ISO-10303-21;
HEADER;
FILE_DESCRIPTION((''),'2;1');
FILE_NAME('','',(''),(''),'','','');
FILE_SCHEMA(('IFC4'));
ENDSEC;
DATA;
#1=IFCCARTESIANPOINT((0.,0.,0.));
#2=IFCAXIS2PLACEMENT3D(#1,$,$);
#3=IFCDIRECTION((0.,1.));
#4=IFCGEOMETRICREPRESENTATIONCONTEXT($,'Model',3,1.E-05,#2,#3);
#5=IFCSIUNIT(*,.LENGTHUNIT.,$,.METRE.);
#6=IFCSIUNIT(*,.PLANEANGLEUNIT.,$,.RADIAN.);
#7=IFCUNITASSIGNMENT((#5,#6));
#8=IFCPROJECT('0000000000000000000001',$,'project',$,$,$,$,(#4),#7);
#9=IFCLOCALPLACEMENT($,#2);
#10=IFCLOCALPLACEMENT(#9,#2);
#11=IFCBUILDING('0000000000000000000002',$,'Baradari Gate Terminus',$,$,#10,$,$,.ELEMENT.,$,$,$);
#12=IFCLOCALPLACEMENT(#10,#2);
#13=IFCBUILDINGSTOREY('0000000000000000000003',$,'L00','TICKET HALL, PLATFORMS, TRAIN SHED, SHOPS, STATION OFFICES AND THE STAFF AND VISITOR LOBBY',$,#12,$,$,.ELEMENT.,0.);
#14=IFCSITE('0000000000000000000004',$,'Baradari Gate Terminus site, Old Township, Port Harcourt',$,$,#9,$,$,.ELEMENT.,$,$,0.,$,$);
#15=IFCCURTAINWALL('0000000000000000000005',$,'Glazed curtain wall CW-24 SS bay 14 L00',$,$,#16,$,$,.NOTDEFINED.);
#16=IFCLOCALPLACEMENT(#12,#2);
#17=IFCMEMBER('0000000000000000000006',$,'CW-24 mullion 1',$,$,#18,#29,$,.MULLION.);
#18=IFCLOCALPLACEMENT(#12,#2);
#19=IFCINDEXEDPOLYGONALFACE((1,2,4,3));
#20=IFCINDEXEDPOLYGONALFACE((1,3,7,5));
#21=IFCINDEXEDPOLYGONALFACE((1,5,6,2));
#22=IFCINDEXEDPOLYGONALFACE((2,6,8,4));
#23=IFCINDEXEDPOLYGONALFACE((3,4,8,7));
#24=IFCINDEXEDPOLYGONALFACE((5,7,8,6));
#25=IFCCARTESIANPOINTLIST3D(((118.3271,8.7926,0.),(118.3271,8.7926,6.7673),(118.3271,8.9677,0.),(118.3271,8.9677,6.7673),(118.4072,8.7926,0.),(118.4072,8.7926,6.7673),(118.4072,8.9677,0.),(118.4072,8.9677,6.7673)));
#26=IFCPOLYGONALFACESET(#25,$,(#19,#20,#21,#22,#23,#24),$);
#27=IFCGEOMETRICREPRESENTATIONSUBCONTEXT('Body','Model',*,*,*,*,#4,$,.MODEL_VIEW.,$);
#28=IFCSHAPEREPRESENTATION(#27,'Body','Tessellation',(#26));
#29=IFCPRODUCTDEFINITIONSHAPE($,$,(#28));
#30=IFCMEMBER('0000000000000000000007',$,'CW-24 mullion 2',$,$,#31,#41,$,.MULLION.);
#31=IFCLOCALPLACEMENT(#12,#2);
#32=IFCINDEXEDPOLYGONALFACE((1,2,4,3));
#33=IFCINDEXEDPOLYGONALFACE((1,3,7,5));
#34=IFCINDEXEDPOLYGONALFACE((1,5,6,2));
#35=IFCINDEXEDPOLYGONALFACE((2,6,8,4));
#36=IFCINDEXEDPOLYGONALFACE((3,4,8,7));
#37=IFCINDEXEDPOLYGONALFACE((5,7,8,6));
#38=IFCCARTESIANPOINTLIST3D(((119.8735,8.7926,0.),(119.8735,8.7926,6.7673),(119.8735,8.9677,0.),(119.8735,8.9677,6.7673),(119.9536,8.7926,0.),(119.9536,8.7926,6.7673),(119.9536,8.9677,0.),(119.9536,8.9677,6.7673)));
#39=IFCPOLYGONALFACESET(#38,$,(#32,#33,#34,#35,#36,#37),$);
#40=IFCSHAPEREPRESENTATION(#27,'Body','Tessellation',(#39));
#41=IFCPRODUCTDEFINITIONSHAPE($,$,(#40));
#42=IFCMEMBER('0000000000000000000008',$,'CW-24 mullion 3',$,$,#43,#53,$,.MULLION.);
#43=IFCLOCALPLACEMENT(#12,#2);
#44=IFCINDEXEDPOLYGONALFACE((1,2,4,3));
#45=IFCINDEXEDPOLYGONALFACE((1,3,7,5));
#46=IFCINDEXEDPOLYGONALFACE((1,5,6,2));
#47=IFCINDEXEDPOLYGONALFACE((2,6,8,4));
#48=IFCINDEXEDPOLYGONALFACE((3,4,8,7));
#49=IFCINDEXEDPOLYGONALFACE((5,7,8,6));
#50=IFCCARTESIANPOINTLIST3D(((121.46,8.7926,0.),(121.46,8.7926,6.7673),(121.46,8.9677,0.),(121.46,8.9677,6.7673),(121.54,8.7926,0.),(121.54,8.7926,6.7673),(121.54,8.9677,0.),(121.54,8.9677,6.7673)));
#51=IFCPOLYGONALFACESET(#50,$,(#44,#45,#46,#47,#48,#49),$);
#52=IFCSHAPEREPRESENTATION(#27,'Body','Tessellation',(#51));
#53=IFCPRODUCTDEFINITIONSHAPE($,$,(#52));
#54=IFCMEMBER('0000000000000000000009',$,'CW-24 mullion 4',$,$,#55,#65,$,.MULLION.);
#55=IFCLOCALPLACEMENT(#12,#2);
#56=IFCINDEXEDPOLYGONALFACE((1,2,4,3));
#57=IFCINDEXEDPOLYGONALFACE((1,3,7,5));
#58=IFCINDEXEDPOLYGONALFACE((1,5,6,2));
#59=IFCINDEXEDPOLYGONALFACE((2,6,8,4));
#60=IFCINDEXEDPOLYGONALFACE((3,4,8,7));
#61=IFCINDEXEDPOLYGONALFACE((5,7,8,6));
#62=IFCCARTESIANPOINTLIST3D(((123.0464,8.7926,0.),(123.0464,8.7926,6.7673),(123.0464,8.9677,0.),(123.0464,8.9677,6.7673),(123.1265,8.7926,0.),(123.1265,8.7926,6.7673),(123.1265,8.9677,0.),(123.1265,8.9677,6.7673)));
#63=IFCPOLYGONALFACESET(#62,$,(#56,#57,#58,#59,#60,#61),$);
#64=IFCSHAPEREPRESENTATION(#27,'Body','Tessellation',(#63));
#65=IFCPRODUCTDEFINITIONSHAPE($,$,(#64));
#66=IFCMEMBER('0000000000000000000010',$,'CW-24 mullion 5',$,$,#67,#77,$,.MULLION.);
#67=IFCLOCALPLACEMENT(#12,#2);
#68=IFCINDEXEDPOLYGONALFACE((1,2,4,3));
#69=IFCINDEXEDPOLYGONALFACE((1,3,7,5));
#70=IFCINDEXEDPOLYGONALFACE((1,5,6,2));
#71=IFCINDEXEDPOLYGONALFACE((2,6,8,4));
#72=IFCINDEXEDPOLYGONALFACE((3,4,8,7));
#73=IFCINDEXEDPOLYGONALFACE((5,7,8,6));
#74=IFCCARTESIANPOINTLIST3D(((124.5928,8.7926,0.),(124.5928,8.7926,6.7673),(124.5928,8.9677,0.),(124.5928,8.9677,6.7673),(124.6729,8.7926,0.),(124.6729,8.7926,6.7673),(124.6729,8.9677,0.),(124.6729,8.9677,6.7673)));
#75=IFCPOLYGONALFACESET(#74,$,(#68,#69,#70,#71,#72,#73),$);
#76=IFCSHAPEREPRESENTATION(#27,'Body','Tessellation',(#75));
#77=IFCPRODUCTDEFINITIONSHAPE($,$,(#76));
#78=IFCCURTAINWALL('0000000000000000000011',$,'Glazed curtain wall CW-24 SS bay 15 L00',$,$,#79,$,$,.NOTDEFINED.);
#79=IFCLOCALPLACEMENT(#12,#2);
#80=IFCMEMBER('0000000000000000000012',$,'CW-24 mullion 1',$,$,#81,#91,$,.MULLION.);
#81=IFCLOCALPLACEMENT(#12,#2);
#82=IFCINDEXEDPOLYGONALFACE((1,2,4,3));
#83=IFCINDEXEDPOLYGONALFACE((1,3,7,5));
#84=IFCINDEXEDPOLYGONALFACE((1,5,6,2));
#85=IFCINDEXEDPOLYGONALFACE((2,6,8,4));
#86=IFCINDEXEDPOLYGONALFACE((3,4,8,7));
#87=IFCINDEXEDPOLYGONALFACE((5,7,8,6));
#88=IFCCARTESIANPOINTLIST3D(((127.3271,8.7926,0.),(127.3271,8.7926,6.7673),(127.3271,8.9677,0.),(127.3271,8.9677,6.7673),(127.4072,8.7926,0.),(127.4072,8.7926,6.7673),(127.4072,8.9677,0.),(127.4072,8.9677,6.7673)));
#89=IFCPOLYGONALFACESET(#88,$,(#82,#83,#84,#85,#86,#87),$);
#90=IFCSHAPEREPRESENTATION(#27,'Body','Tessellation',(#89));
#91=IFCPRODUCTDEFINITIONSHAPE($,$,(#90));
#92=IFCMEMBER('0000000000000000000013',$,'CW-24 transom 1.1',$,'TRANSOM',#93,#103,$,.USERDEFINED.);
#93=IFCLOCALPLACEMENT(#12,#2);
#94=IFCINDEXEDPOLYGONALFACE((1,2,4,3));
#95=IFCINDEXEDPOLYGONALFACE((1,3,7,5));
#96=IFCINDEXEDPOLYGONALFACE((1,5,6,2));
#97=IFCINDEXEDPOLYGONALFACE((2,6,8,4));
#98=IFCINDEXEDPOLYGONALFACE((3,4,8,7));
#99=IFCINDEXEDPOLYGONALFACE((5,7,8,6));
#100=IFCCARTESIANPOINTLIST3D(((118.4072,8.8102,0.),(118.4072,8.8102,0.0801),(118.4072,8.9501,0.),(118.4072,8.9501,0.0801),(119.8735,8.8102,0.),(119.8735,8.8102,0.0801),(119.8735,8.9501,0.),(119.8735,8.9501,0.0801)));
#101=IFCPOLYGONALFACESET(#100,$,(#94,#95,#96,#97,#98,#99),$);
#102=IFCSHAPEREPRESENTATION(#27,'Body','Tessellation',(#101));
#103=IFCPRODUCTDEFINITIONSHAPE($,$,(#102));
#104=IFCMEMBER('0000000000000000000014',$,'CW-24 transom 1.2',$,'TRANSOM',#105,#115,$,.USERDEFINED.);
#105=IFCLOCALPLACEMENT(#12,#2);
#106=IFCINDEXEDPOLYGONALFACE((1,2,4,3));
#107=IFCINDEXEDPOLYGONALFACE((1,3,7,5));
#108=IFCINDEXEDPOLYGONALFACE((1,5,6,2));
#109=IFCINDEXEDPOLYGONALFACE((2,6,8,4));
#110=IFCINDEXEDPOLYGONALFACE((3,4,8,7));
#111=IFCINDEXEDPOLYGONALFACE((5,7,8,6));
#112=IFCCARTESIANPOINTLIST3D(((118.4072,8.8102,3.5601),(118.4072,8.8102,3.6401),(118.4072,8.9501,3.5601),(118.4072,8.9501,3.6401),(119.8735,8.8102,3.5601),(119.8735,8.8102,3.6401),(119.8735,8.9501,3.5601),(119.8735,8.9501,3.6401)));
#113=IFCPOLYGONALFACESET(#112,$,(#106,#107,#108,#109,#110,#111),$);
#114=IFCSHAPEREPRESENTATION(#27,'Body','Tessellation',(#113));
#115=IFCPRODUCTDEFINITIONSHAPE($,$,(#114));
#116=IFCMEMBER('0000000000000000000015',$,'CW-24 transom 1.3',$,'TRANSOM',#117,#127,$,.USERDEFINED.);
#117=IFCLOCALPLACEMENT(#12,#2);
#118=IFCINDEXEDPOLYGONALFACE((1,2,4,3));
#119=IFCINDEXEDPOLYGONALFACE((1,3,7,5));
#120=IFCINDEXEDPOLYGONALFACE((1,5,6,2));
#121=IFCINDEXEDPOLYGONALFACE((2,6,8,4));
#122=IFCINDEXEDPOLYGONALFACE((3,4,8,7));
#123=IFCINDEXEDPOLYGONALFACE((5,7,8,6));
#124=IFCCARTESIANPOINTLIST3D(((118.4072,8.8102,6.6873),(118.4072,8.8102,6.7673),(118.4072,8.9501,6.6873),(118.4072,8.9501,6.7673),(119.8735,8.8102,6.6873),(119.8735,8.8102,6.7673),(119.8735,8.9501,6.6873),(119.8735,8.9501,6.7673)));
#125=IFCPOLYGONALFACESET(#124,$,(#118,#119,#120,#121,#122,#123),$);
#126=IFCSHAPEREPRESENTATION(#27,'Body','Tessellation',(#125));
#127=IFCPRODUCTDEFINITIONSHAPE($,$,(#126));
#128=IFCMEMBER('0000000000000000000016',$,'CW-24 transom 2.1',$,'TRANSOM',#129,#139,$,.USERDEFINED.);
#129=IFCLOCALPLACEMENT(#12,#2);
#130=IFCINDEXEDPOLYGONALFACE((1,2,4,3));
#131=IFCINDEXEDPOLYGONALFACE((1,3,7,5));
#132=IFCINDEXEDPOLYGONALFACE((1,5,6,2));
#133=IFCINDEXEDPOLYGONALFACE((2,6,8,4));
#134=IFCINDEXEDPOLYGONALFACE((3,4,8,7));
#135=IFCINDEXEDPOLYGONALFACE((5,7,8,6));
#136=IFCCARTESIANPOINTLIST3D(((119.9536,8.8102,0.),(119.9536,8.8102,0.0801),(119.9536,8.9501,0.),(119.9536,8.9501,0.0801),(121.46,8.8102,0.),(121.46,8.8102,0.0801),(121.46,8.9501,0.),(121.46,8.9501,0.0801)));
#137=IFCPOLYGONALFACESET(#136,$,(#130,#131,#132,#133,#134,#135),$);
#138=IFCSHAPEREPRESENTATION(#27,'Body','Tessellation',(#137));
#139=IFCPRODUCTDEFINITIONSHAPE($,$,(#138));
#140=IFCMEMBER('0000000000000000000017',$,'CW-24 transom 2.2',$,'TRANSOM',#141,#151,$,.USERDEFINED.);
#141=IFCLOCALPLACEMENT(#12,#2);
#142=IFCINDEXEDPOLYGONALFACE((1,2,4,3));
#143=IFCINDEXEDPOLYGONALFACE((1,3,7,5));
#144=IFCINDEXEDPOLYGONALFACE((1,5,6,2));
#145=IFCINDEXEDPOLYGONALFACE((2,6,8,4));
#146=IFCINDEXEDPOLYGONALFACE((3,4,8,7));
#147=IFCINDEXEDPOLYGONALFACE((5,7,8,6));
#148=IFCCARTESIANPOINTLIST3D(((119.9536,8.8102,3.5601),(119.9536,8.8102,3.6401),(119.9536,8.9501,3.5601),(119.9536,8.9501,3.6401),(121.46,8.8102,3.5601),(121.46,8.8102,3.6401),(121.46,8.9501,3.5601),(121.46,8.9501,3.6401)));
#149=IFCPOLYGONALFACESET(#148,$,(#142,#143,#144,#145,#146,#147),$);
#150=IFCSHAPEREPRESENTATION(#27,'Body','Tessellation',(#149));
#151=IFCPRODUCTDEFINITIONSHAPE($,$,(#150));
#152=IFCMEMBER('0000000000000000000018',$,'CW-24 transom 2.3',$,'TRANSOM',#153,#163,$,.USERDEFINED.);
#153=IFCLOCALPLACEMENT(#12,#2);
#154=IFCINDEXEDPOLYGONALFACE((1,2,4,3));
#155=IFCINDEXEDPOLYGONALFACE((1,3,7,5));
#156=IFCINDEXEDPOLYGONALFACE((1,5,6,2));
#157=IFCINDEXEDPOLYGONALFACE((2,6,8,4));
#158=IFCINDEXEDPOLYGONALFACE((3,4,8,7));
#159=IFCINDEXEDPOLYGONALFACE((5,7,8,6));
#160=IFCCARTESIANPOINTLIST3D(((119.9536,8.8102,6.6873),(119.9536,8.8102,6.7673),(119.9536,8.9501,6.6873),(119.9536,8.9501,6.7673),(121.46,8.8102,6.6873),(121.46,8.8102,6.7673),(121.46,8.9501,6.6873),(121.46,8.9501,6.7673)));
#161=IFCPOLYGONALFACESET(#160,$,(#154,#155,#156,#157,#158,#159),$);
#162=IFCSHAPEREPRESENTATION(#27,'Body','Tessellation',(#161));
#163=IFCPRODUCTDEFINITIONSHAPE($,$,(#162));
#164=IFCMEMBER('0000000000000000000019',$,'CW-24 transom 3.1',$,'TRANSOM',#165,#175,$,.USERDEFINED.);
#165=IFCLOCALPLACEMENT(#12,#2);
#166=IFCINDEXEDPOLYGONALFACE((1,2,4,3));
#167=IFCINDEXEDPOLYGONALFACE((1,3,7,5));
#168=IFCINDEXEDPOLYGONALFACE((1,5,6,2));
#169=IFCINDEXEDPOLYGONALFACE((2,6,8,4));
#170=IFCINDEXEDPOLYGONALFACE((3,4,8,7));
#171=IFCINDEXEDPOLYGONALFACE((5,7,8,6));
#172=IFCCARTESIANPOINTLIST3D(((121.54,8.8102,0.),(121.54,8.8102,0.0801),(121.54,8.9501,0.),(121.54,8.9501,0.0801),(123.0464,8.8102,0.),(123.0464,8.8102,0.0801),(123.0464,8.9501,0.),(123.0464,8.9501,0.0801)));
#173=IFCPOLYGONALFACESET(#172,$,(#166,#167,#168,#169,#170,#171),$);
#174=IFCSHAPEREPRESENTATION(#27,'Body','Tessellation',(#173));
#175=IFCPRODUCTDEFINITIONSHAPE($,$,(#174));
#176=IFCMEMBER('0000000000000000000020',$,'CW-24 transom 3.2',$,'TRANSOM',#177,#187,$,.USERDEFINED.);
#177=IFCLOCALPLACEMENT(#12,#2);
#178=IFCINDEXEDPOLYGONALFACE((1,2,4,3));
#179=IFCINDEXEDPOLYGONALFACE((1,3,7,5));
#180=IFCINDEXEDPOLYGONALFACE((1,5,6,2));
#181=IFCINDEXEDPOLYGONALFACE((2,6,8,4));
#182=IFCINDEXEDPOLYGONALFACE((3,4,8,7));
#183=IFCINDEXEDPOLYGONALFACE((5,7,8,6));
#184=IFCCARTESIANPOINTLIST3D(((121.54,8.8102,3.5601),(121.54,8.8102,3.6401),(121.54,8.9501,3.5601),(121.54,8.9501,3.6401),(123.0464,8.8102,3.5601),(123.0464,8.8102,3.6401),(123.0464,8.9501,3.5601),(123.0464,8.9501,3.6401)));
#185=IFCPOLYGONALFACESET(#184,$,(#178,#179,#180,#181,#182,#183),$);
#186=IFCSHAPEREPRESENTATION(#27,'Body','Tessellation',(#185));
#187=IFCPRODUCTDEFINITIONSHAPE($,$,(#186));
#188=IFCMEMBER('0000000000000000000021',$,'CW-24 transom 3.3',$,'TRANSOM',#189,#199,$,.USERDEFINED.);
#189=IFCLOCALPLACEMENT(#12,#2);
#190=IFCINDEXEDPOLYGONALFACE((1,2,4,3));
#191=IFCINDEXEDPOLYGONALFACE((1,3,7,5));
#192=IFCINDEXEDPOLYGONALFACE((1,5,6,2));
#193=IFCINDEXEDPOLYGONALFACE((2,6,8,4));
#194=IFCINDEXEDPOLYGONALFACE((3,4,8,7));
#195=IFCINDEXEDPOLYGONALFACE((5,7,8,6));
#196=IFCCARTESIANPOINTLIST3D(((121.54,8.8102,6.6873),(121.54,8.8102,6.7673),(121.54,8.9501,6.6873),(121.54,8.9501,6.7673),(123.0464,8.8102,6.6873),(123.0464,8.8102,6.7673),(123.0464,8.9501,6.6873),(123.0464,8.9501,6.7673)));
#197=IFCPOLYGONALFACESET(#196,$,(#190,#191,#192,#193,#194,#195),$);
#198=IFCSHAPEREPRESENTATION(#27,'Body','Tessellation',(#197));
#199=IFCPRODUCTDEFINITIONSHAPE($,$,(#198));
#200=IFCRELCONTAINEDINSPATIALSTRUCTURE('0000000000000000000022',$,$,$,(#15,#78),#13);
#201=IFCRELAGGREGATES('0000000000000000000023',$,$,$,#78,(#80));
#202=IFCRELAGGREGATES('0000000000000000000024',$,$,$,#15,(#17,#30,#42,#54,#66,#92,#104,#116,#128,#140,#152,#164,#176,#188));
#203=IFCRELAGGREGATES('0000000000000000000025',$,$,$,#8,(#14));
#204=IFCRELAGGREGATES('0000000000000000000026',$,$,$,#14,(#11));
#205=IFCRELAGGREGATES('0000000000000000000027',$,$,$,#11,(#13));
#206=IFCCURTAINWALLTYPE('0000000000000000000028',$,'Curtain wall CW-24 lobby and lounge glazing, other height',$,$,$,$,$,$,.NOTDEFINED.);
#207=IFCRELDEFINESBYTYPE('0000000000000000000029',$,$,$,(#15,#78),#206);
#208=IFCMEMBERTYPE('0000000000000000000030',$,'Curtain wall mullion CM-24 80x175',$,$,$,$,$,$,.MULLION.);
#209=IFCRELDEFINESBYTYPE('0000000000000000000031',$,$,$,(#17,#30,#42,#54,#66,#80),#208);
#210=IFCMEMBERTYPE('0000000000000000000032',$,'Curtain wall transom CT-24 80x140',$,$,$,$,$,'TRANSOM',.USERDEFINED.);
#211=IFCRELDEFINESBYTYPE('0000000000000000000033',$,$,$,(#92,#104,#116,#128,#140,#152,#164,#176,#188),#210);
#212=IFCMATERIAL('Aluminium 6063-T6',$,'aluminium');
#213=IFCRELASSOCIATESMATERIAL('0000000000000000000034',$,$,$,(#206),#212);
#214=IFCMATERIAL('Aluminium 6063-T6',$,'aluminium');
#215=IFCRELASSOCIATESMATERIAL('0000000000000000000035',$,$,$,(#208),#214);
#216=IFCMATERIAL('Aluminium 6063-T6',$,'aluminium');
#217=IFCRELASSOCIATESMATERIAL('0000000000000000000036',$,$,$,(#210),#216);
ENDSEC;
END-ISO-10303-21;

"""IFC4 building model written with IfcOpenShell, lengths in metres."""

from ifc_helpers import new_model, si_unit, direction, frame, origin, origin_2d, place, context, subcontext, project, spatial, rectangle, extrude, material, material_profile, profile_set, type_object, element, aggregate, save


model = new_model("IFC4")

# Units and contexts
model_context = context("Model", 3, precision=1e-05, world=origin(), true_north=direction((0.0, 1.0)))
body_context = subcontext(model_context, "Body", "Model", "MODEL_VIEW")
ifc_project = project(units=[si_unit("LENGTHUNIT", "METRE"), si_unit("PLANEANGLEUNIT", "RADIAN")], contexts=[model_context])

# Site, building, storey
site_placement = place(None, origin())
site = spatial("IfcSite", under=ifc_project, at=site_placement, Name="Baradari Gate Terminus site, Old Township, Port Harcourt", CompositionType="ELEMENT", RefElevation=0.0)
building_placement = place(site_placement, origin())
building = spatial("IfcBuilding", under=site, at=building_placement, Name="Baradari Gate Terminus", CompositionType="ELEMENT")
storey_placement = place(building_placement, origin())
storey = spatial("IfcBuildingStorey", under=building, at=storey_placement, Name="L00", Description="TICKET HALL, PLATFORMS, TRAIN SHED, SHOPS, STATION OFFICES AND THE STAFF AND VISITOR LOBBY", CompositionType="ELEMENT", Elevation=0.0)

# Curtain wall, members
ifc_material_1 = material(Name="Aluminium 6063-T6", Category="aluminium")
curtain_wall_type = type_object("IfcCurtainWallType", Name="Curtain wall CW-24 lobby and lounge glazing, other height", PredefinedType="NOTDEFINED", material=ifc_material_1)
curtain_wall_1_placement = place(storey_placement, origin())
curtain_wall_1 = element("IfcCurtainWall", 1, at=curtain_wall_1_placement, inside=storey, type_object=curtain_wall_type, Name="Glazed curtain wall CW-24 SS bay 14 L00", PredefinedType="NOTDEFINED")
ifc_material_2 = material(Name="Aluminium 6063-T6", Category="aluminium")
ifc_material_profile_1 = material_profile(ifc_material_2, rectangle(XDim=0.175, YDim=0.0801, at=origin_2d()), Name="CM-24 80X175")
ifc_profile_set_1 = profile_set([ifc_material_profile_1], Name="Aluminium 6063-T6")
member_type_1 = type_object("IfcMemberType", Name="Curtain wall mullion CM-24 80x175", PredefinedType="MULLION", material=ifc_profile_set_1)
member_1_placement = place(storey_placement, frame((118.3672, 8.8801, 0.0), z_axis=(0.0, 0.0, 1.0), x_axis=(0.0, 1.0, 0.0)))
member_1 = element("IfcMember", 2, at=member_1_placement, type_object=member_type_1, Name="CW-24 mullion 1", PredefinedType="MULLION", context=body_context, shape_type="SweptSolid", body=[
    extrude(rectangle(XDim=0.175, YDim=0.0801, at=origin_2d()), origin(), (0.0, 0.0, 1.0), 6.7673),
])
member_2_placement = place(storey_placement, frame((119.9136, 8.8801, 0.0), z_axis=(0.0, 0.0, 1.0), x_axis=(0.0, 1.0, 0.0)))
member_2 = element("IfcMember", 3, at=member_2_placement, type_object=member_type_1, Name="CW-24 mullion 2", PredefinedType="MULLION", context=body_context, shape_type="SweptSolid", body=[
    extrude(rectangle(XDim=0.175, YDim=0.0801, at=origin_2d()), origin(), (0.0, 0.0, 1.0), 6.7673),
])
member_3_placement = place(storey_placement, frame((121.5, 8.8801, 0.0), z_axis=(0.0, 0.0, 1.0), x_axis=(0.0, 1.0, 0.0)))
member_3 = element("IfcMember", 4, at=member_3_placement, type_object=member_type_1, Name="CW-24 mullion 3", PredefinedType="MULLION", context=body_context, shape_type="SweptSolid", body=[
    extrude(rectangle(XDim=0.175, YDim=0.0801, at=origin_2d()), origin(), (0.0, 0.0, 1.0), 6.7673),
])
member_4_placement = place(storey_placement, frame((123.0864, 8.8801, 0.0), z_axis=(0.0, 0.0, 1.0), x_axis=(0.0, 1.0, 0.0)))
member_4 = element("IfcMember", 5, at=member_4_placement, type_object=member_type_1, Name="CW-24 mullion 4", PredefinedType="MULLION", context=body_context, shape_type="SweptSolid", body=[
    extrude(rectangle(XDim=0.175, YDim=0.0801, at=origin_2d()), origin(), (0.0, 0.0, 1.0), 6.7673),
])
member_5_placement = place(storey_placement, frame((124.6328, 8.8801, 0.0), z_axis=(0.0, 0.0, 1.0), x_axis=(0.0, 1.0, 0.0)))
member_5 = element("IfcMember", 6, at=member_5_placement, type_object=member_type_1, Name="CW-24 mullion 5", PredefinedType="MULLION", context=body_context, shape_type="SweptSolid", body=[
    extrude(rectangle(XDim=0.175, YDim=0.0801, at=origin_2d()), origin(), (0.0, 0.0, 1.0), 6.7673),
])

# Curtain wall, member
curtain_wall_2_placement = place(storey_placement, origin())
curtain_wall_2 = element("IfcCurtainWall", 7, at=curtain_wall_2_placement, inside=storey, type_object=curtain_wall_type, Name="Glazed curtain wall CW-24 SS bay 15 L00", PredefinedType="NOTDEFINED")
member_6_placement = place(storey_placement, frame((127.3672, 8.8801, 0.0), z_axis=(0.0, 0.0, 1.0), x_axis=(0.0, 1.0, 0.0)))
member_6 = element("IfcMember", 8, at=member_6_placement, type_object=member_type_1, Name="CW-24 mullion 1", PredefinedType="MULLION", context=body_context, shape_type="SweptSolid", body=[
    extrude(rectangle(XDim=0.175, YDim=0.0801, at=origin_2d()), origin(), (0.0, 0.0, 1.0), 6.7673),
])

# Members
ifc_material_3 = material(Name="Aluminium 6063-T6", Category="aluminium")
ifc_material_profile_2 = material_profile(ifc_material_3, rectangle(XDim=0.1399, YDim=0.0801, at=origin_2d()), Name="CT-24 80X140")
ifc_profile_set_2 = profile_set([ifc_material_profile_2], Name="Aluminium 6063-T6")
member_type_2 = type_object("IfcMemberType", Name="Curtain wall transom CT-24 80x140", ElementType="TRANSOM", PredefinedType="USERDEFINED", material=ifc_profile_set_2)
member_7_placement = place(storey_placement, frame((118.4072, 8.8801, 0.04), z_axis=(1.0, 0.0, 0.0), x_axis=(0.0, 1.0, 0.0)))
member_7 = element("IfcMember", 9, at=member_7_placement, type_object=member_type_2, Name="CW-24 transom 1.1", ObjectType="TRANSOM", PredefinedType="USERDEFINED", context=body_context, shape_type="SweptSolid", body=[
    extrude(rectangle(XDim=0.1399, YDim=0.0801, at=origin_2d()), origin(), (0.0, 0.0, 1.0), 1.4663),
])
member_8_placement = place(storey_placement, frame((118.4072, 8.8801, 3.6001), z_axis=(1.0, 0.0, 0.0), x_axis=(0.0, 1.0, 0.0)))
member_8 = element("IfcMember", 10, at=member_8_placement, type_object=member_type_2, Name="CW-24 transom 1.2", ObjectType="TRANSOM", PredefinedType="USERDEFINED", context=body_context, shape_type="SweptSolid", body=[
    extrude(rectangle(XDim=0.1399, YDim=0.0801, at=origin_2d()), origin(), (0.0, 0.0, 1.0), 1.4663),
])
member_9_placement = place(storey_placement, frame((118.4072, 8.8801, 6.7273), z_axis=(1.0, 0.0, 0.0), x_axis=(0.0, 1.0, 0.0)))
member_9 = element("IfcMember", 11, at=member_9_placement, type_object=member_type_2, Name="CW-24 transom 1.3", ObjectType="TRANSOM", PredefinedType="USERDEFINED", context=body_context, shape_type="SweptSolid", body=[
    extrude(rectangle(XDim=0.1399, YDim=0.0801, at=origin_2d()), origin(), (0.0, 0.0, 1.0), 1.4663),
])
member_10_placement = place(storey_placement, frame((119.9536, 8.8801, 0.04), z_axis=(1.0, 0.0, 0.0), x_axis=(0.0, 1.0, 0.0)))
member_10 = element("IfcMember", 12, at=member_10_placement, type_object=member_type_2, Name="CW-24 transom 2.1", ObjectType="TRANSOM", PredefinedType="USERDEFINED", context=body_context, shape_type="SweptSolid", body=[
    extrude(rectangle(XDim=0.1399, YDim=0.0801, at=origin_2d()), origin(), (0.0, 0.0, 1.0), 1.5063),
])
member_11_placement = place(storey_placement, frame((119.9536, 8.8801, 3.6001), z_axis=(1.0, 0.0, 0.0), x_axis=(0.0, 1.0, 0.0)))
member_11 = element("IfcMember", 13, at=member_11_placement, type_object=member_type_2, Name="CW-24 transom 2.2", ObjectType="TRANSOM", PredefinedType="USERDEFINED", context=body_context, shape_type="SweptSolid", body=[
    extrude(rectangle(XDim=0.1399, YDim=0.0801, at=origin_2d()), origin(), (0.0, 0.0, 1.0), 1.5063),
])
member_12_placement = place(storey_placement, frame((119.9536, 8.8801, 6.7273), z_axis=(1.0, 0.0, 0.0), x_axis=(0.0, 1.0, 0.0)))
member_12 = element("IfcMember", 14, at=member_12_placement, type_object=member_type_2, Name="CW-24 transom 2.3", ObjectType="TRANSOM", PredefinedType="USERDEFINED", context=body_context, shape_type="SweptSolid", body=[
    extrude(rectangle(XDim=0.1399, YDim=0.0801, at=origin_2d()), origin(), (0.0, 0.0, 1.0), 1.5063),
])
member_13_placement = place(storey_placement, frame((121.54, 8.8801, 0.04), z_axis=(1.0, 0.0, 0.0), x_axis=(0.0, 1.0, 0.0)))
member_13 = element("IfcMember", 15, at=member_13_placement, type_object=member_type_2, Name="CW-24 transom 3.1", ObjectType="TRANSOM", PredefinedType="USERDEFINED", context=body_context, shape_type="SweptSolid", body=[
    extrude(rectangle(XDim=0.1399, YDim=0.0801, at=origin_2d()), origin(), (0.0, 0.0, 1.0), 1.5063),
])
member_14_placement = place(storey_placement, frame((121.54, 8.8801, 3.6001), z_axis=(1.0, 0.0, 0.0), x_axis=(0.0, 1.0, 0.0)))
member_14 = element("IfcMember", 16, at=member_14_placement, type_object=member_type_2, Name="CW-24 transom 3.2", ObjectType="TRANSOM", PredefinedType="USERDEFINED", context=body_context, shape_type="SweptSolid", body=[
    extrude(rectangle(XDim=0.1399, YDim=0.0801, at=origin_2d()), origin(), (0.0, 0.0, 1.0), 1.5063),
])
member_15_placement = place(storey_placement, frame((121.54, 8.8801, 6.7273), z_axis=(1.0, 0.0, 0.0), x_axis=(0.0, 1.0, 0.0)))
member_15 = element("IfcMember", 17, at=member_15_placement, type_object=member_type_2, Name="CW-24 transom 3.3", ObjectType="TRANSOM", PredefinedType="USERDEFINED", context=body_context, shape_type="SweptSolid", body=[
    extrude(rectangle(XDim=0.1399, YDim=0.0801, at=origin_2d()), origin(), (0.0, 0.0, 1.0), 1.5063),
])
aggregate(curtain_wall_2, [member_6])

aggregate(curtain_wall_1, [member_1, member_2, member_3, member_4, member_5, member_7, member_8, member_9, member_10, member_11, member_12, member_13, member_14, member_15])

save(model, "model.ifc")
